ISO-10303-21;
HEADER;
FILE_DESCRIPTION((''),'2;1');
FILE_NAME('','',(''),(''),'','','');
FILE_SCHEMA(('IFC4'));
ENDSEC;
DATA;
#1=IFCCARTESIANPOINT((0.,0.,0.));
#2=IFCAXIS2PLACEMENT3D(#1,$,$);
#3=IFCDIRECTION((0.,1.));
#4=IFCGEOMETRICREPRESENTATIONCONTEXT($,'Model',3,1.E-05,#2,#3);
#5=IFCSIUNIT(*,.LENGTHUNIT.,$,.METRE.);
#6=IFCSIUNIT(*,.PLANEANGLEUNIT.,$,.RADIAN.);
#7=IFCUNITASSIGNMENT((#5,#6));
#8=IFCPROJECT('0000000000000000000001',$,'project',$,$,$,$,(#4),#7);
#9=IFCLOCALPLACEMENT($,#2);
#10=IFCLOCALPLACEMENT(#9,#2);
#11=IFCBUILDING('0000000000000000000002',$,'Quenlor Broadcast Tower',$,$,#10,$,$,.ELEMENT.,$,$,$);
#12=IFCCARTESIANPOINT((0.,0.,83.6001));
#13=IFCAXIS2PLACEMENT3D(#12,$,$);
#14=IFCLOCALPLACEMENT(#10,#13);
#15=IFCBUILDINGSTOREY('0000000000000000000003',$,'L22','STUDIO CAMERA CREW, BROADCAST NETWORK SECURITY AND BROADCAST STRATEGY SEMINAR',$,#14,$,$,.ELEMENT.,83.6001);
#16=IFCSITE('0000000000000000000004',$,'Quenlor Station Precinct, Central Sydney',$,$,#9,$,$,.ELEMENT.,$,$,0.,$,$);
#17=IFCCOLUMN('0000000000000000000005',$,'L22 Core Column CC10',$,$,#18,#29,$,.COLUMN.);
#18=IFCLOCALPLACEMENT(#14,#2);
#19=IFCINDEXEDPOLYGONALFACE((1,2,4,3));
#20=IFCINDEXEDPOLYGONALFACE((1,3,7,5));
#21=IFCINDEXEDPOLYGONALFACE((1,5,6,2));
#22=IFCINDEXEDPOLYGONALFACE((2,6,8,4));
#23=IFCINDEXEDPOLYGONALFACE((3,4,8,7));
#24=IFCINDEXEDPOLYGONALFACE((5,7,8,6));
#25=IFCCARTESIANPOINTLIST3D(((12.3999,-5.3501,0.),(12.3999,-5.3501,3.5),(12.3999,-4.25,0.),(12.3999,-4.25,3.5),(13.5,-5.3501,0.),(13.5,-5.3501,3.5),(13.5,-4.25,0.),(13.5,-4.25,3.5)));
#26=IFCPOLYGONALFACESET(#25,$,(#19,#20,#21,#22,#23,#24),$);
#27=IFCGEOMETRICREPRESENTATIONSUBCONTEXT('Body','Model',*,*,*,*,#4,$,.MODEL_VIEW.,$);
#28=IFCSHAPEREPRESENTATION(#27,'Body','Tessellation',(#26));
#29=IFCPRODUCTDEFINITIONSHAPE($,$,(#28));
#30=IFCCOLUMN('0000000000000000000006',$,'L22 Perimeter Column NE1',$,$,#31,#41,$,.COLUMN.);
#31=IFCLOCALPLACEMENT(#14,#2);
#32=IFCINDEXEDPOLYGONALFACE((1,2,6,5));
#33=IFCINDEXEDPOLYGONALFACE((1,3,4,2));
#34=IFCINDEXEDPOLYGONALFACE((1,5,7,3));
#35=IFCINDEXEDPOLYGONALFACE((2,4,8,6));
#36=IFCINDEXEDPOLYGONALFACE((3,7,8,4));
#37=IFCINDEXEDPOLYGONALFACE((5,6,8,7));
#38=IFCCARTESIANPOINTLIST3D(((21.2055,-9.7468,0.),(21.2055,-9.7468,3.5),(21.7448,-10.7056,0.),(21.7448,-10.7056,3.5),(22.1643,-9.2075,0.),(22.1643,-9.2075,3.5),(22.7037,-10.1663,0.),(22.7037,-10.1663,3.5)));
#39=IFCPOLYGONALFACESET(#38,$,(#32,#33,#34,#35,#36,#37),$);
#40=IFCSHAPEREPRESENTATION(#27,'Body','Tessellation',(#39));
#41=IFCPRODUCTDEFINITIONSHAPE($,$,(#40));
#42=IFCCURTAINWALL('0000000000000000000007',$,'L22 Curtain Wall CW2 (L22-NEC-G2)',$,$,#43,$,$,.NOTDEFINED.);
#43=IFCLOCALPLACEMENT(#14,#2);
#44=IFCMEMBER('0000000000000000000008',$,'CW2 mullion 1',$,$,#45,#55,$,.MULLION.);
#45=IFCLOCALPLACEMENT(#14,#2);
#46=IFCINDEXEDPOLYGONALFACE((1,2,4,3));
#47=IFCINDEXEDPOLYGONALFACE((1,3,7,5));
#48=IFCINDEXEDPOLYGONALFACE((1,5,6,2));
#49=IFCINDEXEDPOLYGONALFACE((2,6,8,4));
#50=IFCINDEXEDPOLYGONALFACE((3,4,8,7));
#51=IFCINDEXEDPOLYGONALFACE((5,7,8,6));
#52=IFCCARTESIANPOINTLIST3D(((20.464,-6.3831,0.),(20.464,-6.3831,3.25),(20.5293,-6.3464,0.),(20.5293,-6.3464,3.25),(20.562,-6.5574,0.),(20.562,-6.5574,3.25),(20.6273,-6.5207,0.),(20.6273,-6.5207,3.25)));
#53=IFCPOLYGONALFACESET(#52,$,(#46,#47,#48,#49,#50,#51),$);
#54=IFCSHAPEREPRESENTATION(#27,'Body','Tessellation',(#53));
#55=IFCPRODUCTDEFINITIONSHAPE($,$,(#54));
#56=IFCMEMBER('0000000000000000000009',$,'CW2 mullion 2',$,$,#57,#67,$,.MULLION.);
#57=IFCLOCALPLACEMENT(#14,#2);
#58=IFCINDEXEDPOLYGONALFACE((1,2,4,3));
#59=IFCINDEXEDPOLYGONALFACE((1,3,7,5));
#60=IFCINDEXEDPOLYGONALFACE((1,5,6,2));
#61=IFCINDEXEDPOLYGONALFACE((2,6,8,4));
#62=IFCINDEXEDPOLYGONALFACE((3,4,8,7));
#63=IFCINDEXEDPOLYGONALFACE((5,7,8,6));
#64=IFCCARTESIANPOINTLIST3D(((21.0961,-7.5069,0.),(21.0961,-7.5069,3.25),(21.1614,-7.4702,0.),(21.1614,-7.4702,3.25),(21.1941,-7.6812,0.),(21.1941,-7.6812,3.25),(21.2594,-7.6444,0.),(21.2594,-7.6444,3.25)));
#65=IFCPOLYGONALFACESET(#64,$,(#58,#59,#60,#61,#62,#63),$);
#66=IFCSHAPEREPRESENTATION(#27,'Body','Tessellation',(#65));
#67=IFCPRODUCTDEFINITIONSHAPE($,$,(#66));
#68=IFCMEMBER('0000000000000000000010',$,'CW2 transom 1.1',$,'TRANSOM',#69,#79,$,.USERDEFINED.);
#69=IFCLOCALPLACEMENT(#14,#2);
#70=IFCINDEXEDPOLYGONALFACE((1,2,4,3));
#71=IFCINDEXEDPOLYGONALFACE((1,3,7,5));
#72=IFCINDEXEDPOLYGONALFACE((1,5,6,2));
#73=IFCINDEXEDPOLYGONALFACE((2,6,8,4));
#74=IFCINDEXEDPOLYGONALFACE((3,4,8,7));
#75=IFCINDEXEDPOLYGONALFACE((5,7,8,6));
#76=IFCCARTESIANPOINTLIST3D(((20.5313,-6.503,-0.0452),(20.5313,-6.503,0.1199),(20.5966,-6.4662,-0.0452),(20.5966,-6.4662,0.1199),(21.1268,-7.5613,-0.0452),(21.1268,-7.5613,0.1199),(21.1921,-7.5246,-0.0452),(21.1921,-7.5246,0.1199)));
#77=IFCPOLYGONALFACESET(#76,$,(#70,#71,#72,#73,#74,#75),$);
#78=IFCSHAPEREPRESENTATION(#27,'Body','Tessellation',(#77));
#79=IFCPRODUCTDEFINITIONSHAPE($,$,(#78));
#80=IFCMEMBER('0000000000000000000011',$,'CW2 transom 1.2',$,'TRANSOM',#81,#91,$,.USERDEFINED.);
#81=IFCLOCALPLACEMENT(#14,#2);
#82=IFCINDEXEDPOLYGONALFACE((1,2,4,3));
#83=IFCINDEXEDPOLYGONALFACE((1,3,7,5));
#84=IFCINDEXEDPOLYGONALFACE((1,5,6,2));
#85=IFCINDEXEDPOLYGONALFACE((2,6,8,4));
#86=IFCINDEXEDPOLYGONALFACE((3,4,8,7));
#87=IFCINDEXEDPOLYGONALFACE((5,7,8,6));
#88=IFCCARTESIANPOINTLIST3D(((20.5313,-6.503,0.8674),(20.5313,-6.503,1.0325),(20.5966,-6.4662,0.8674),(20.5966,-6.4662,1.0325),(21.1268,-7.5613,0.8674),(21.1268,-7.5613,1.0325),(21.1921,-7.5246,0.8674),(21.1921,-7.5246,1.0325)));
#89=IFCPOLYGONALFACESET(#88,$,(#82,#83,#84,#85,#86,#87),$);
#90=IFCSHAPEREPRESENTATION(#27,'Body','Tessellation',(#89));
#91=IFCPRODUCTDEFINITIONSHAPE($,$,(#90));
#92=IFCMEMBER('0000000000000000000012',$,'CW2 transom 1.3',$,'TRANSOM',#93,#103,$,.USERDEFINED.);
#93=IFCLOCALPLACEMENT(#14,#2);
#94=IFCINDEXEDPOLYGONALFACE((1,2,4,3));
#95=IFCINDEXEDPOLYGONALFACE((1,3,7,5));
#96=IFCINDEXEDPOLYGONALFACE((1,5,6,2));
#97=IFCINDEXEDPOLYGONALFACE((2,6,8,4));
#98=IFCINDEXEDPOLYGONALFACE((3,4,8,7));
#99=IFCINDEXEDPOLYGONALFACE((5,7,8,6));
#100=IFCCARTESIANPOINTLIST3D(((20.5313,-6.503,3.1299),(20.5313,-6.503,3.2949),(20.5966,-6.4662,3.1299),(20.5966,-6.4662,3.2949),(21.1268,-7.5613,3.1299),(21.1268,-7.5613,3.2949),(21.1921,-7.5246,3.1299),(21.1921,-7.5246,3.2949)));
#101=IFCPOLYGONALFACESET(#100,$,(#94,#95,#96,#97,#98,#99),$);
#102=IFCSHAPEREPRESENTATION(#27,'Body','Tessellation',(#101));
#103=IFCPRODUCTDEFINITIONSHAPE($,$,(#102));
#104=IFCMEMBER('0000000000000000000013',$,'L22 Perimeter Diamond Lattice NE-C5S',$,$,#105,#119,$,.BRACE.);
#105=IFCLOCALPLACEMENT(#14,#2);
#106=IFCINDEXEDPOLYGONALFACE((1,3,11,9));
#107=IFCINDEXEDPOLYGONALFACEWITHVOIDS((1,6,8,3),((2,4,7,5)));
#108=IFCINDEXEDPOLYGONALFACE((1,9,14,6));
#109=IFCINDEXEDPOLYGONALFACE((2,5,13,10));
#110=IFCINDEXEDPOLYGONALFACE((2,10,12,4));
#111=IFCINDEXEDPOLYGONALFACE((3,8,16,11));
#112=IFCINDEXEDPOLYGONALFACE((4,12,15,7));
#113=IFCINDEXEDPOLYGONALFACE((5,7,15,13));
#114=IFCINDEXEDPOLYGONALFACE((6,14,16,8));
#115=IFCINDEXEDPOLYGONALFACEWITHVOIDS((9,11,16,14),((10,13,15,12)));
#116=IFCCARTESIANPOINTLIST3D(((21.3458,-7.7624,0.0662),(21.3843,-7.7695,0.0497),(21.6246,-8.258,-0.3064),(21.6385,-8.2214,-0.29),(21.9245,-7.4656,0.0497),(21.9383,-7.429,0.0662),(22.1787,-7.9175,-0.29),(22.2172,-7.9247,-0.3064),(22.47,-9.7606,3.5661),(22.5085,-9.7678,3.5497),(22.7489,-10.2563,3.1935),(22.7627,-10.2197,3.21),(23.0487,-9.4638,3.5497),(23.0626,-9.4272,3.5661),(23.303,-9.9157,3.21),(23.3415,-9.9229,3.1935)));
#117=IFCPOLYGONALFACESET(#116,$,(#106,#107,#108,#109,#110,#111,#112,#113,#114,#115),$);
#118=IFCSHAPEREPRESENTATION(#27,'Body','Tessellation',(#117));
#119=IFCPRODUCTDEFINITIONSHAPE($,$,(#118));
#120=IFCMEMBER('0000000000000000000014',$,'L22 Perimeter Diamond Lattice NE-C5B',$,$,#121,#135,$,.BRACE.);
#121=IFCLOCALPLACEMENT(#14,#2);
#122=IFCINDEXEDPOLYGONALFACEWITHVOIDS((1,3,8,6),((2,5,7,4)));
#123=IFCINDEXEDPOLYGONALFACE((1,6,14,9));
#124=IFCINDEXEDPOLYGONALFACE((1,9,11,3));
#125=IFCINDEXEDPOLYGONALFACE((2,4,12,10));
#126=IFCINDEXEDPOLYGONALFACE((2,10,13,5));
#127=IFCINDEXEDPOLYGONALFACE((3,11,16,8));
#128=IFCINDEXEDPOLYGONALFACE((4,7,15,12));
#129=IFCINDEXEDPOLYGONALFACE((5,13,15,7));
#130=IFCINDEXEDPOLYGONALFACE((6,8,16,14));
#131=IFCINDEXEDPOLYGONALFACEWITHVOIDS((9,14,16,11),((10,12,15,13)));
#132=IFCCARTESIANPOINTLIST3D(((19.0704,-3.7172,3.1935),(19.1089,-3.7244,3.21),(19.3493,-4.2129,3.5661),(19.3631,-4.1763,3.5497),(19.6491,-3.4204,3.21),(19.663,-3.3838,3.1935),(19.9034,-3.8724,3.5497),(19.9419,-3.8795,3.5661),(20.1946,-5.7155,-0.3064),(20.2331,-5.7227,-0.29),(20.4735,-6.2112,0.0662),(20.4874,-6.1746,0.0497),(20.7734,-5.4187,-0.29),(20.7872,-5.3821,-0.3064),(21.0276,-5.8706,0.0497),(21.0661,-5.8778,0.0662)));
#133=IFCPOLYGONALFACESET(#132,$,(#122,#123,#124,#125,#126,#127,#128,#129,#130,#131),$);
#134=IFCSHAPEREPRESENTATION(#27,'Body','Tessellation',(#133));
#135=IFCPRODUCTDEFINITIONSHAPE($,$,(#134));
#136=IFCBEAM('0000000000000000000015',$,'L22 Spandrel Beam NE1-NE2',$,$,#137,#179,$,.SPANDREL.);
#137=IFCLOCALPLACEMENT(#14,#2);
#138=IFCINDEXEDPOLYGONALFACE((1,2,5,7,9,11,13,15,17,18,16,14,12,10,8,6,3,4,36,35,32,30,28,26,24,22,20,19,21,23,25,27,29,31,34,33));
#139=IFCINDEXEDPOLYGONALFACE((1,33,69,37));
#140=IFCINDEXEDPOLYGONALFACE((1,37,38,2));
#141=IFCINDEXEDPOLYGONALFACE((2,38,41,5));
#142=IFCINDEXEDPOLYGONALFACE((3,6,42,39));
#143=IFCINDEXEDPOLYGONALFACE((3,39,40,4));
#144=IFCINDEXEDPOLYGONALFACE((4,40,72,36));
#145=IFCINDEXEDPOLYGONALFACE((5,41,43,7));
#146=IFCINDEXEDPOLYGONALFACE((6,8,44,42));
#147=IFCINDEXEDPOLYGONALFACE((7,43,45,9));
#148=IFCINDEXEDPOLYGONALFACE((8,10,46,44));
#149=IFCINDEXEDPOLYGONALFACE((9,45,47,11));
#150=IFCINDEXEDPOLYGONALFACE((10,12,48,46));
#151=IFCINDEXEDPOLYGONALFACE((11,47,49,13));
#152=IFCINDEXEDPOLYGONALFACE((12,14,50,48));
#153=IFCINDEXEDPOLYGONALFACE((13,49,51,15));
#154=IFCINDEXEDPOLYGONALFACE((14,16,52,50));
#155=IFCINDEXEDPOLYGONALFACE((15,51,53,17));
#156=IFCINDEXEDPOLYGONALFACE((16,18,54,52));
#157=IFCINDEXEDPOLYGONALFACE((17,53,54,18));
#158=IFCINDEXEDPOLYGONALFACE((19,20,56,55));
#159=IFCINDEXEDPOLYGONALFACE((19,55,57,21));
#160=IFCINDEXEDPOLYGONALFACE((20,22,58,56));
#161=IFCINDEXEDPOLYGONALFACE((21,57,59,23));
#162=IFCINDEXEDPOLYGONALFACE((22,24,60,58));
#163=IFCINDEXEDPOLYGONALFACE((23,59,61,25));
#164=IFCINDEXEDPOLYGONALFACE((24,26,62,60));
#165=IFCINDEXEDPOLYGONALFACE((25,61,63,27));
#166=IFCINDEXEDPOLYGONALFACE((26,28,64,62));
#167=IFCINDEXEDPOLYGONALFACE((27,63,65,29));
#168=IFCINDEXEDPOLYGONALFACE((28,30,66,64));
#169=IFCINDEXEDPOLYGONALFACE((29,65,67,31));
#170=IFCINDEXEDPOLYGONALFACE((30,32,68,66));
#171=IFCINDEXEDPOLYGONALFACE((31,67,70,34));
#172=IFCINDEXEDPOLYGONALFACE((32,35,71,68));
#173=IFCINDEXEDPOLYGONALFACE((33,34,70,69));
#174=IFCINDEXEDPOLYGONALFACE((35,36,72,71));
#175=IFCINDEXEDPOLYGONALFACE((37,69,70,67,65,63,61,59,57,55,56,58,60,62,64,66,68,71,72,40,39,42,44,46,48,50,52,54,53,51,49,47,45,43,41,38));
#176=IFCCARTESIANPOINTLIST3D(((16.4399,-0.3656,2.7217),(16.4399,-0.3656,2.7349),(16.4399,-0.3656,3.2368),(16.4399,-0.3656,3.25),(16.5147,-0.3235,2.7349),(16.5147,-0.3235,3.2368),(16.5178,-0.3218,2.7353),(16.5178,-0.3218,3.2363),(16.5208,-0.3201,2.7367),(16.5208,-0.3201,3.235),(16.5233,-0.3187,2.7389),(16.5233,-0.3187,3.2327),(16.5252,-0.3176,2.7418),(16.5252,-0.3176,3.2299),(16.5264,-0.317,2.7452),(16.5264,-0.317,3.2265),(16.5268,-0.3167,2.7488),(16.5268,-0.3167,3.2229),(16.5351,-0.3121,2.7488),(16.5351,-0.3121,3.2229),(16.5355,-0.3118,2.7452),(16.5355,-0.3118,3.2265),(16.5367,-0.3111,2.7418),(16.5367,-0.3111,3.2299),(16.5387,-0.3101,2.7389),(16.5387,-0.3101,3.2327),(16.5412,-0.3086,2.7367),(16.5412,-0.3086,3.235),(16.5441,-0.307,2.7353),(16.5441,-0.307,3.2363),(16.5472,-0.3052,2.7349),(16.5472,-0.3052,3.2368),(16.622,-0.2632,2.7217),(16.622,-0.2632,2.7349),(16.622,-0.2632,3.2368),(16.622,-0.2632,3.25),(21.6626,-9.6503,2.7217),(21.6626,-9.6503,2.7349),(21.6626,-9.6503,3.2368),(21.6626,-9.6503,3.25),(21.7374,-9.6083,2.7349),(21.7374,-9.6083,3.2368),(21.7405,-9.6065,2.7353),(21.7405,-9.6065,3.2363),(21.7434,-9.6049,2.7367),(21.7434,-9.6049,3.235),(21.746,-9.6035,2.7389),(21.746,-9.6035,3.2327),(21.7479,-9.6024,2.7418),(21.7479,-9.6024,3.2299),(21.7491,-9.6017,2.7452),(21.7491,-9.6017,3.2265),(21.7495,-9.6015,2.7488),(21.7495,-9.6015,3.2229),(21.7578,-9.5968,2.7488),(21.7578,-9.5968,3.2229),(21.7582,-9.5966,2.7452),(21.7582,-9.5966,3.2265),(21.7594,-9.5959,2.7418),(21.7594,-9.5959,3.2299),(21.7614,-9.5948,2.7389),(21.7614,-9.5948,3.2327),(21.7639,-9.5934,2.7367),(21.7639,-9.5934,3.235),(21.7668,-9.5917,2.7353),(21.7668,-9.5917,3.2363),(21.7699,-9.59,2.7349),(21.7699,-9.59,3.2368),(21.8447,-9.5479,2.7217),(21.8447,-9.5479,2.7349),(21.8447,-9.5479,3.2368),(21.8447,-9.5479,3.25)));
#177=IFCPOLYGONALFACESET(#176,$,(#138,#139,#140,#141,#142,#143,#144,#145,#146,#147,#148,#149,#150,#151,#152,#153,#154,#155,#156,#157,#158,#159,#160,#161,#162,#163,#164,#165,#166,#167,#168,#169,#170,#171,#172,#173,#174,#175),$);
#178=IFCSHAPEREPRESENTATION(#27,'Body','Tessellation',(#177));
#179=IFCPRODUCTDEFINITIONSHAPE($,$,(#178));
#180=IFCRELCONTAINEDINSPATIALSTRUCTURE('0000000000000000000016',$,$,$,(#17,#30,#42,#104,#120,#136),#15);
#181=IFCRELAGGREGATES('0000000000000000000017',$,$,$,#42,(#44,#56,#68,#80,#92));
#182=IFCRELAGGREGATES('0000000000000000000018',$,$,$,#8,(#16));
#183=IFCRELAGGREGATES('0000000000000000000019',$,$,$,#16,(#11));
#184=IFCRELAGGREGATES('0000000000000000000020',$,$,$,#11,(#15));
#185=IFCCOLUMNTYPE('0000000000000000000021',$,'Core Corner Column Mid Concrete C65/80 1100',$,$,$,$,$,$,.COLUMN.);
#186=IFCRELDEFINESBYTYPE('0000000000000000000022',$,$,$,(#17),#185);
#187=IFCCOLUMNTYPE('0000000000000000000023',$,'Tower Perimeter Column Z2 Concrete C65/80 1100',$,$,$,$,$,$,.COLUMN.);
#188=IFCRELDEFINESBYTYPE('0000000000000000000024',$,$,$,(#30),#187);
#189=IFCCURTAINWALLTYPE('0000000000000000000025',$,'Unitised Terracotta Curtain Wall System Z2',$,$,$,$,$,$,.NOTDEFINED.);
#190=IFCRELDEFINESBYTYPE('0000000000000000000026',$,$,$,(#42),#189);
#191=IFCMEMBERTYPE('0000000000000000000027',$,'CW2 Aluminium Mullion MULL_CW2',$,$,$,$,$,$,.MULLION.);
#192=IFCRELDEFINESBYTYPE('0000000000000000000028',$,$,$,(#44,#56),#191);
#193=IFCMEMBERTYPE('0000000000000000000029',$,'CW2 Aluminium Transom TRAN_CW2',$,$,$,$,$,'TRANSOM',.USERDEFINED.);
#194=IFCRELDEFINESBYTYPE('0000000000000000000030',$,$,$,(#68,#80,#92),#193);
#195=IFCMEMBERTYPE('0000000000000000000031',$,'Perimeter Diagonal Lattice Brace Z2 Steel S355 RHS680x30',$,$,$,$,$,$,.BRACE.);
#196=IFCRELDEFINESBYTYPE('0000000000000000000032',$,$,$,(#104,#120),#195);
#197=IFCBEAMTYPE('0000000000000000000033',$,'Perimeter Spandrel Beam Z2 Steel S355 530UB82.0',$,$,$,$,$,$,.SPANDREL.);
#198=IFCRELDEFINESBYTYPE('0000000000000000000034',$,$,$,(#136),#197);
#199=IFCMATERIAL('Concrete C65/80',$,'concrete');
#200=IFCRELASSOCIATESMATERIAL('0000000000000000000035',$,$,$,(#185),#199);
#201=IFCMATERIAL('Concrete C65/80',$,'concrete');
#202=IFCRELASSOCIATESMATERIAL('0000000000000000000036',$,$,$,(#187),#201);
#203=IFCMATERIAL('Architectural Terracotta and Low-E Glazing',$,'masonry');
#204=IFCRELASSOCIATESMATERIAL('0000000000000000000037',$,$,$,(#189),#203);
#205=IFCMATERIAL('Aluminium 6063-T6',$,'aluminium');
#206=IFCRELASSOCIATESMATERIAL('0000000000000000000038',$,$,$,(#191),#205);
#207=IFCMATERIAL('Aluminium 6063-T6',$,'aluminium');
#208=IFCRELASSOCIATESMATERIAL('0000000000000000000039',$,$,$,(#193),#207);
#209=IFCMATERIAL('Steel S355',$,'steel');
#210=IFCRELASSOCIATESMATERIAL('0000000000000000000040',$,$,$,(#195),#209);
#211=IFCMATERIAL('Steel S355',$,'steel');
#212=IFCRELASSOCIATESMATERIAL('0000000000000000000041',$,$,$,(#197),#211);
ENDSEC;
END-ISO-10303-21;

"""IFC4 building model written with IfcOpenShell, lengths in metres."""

from ifc_helpers import new_model, si_unit, direction, frame, origin, origin_2d, place, context, subcontext, project, spatial, rectangle, hollow_rectangle, i_section, extrude, material, material_profile, profile_set, type_object, element, aggregate, save


model = new_model("IFC4")

# Units and contexts
model_context = context("Model", 3, precision=1e-05, world=origin(), true_north=direction((0.0, 1.0)))
body_context = subcontext(model_context, "Body", "Model", "MODEL_VIEW")
ifc_project = project(units=[si_unit("LENGTHUNIT", "METRE"), si_unit("PLANEANGLEUNIT", "RADIAN")], contexts=[model_context])

# Site, building, storey
site_placement = place(None, origin())
site = spatial("IfcSite", under=ifc_project, at=site_placement, Name="Quenlor Station Precinct, Central Sydney", CompositionType="ELEMENT", RefElevation=0.0)
building_placement = place(site_placement, origin())
building = spatial("IfcBuilding", under=site, at=building_placement, Name="Quenlor Broadcast Tower", CompositionType="ELEMENT")
storey_placement = place(building_placement, frame((0.0, 0.0, 83.6001)))
storey = spatial("IfcBuildingStorey", under=building, at=storey_placement, Name="L22", Description="STUDIO CAMERA CREW, BROADCAST NETWORK SECURITY AND BROADCAST STRATEGY SEMINAR", CompositionType="ELEMENT", Elevation=83.6001)

# Columns
ifc_material_1 = material(Name="Concrete C65/80", Category="concrete")
ifc_material_profile_1 = material_profile(ifc_material_1, rectangle(XDim=1.1001, YDim=1.1001, at=origin_2d()))
ifc_profile_set_1 = profile_set([ifc_material_profile_1], Name="Concrete C65/80 RC1100x1100")
column_type_1 = type_object("IfcColumnType", Name="Core Corner Column Mid Concrete C65/80 1100", PredefinedType="COLUMN", material=ifc_profile_set_1)
column_1_placement = place(storey_placement, frame((12.95, -4.8, 0.0), z_axis=(0.0, 0.0, 1.0), x_axis=(1.0, 0.0, 0.0)))
element("IfcColumn", 1, at=column_1_placement, inside=storey, type_object=column_type_1, Name="L22 Core Column CC10", PredefinedType="COLUMN", context=body_context, shape_type="SweptSolid", body=[
    extrude(rectangle(XDim=1.1001, YDim=1.1001, at=origin_2d()), origin(), (0.0, 0.0, 1.0), 3.5),
])
ifc_material_2 = material(Name="Concrete C65/80", Category="concrete")
ifc_material_profile_2 = material_profile(ifc_material_2, rectangle(XDim=1.1001, YDim=1.1001, at=origin_2d()))
ifc_profile_set_2 = profile_set([ifc_material_profile_2], Name="Concrete C65/80 RC1100x1100")
column_type_2 = type_object("IfcColumnType", Name="Tower Perimeter Column Z2 Concrete C65/80 1100", PredefinedType="COLUMN", material=ifc_profile_set_2)
column_2_placement = place(storey_placement, frame((21.9546, -9.9565, 0.0), z_axis=(0.0, 0.0, 1.0), x_axis=(0.871575, 0.490262, 0.0)))
element("IfcColumn", 2, at=column_2_placement, inside=storey, type_object=column_type_2, Name="L22 Perimeter Column NE1", PredefinedType="COLUMN", context=body_context, shape_type="SweptSolid", body=[
    extrude(rectangle(XDim=1.1001, YDim=1.1001, at=origin_2d()), origin(), (0.0, 0.0, 1.0), 3.5),
])

# Curtain wall, members
ifc_material_3 = material(Name="Architectural Terracotta and Low-E Glazing", Category="masonry")
curtain_wall_type = type_object("IfcCurtainWallType", Name="Unitised Terracotta Curtain Wall System Z2", PredefinedType="NOTDEFINED", material=ifc_material_3)
curtain_wall_placement = place(storey_placement, origin())
curtain_wall = element("IfcCurtainWall", 3, at=curtain_wall_placement, inside=storey, type_object=curtain_wall_type, Name="L22 Curtain Wall CW2 (L22-NEC-G2)", PredefinedType="NOTDEFINED")
ifc_material_4 = material(Name="Aluminium 6063-T6", Category="aluminium")
ifc_material_profile_3 = material_profile(ifc_material_4, rectangle(XDim=0.075, YDim=0.2, at=origin_2d()))
ifc_profile_set_3 = profile_set([ifc_material_profile_3], Name="Aluminium 6063-T6 MULL75x200")
member_type_1 = type_object("IfcMemberType", Name="CW2 Aluminium Mullion MULL_CW2", PredefinedType="MULLION", material=ifc_profile_set_3)
member_1_placement = place(storey_placement, frame((20.5457, -6.4519, 0.0), z_axis=(0.0, 0.0, 1.0), x_axis=(0.871566, 0.490279, 0.0)))
member_1 = element("IfcMember", 4, at=member_1_placement, type_object=member_type_1, Name="CW2 mullion 1", PredefinedType="MULLION", context=body_context, shape_type="SweptSolid", body=[
    extrude(rectangle(XDim=0.075, YDim=0.2, at=origin_2d()), origin(), (0.0, 0.0, 1.0), 3.25),
])
member_2_placement = place(storey_placement, frame((21.1777, -7.5757, 0.0), z_axis=(0.0, 0.0, 1.0), x_axis=(0.871566, 0.490279, 0.0)))
member_2 = element("IfcMember", 5, at=member_2_placement, type_object=member_type_1, Name="CW2 mullion 2", PredefinedType="MULLION", context=body_context, shape_type="SweptSolid", body=[
    extrude(rectangle(XDim=0.075, YDim=0.2, at=origin_2d()), origin(), (0.0, 0.0, 1.0), 3.25),
])
ifc_material_5 = material(Name="Aluminium 6063-T6", Category="aluminium")
ifc_material_profile_4 = material_profile(ifc_material_5, rectangle(XDim=0.075, YDim=0.165, at=origin_2d()))
ifc_profile_set_4 = profile_set([ifc_material_profile_4], Name="Aluminium 6063-T6 TRAN75x165")
member_type_2 = type_object("IfcMemberType", Name="CW2 Aluminium Transom TRAN_CW2", ElementType="TRANSOM", PredefinedType="USERDEFINED", material=ifc_profile_set_4)
member_3_placement = place(storey_placement, frame((20.564, -6.4846, 0.0374), z_axis=(0.490347, -0.871527, 0.0), x_axis=(0.871527, 0.490347, 0.0)))
member_3 = element("IfcMember", 6, at=member_3_placement, type_object=member_type_2, Name="CW2 transom 1.1", ObjectType="TRANSOM", PredefinedType="USERDEFINED", context=body_context, shape_type="SweptSolid", body=[
    extrude(rectangle(XDim=0.075, YDim=0.165, at=origin_2d()), origin(), (0.0, 0.0, 1.0), 1.2144),
])
member_4_placement = place(storey_placement, frame((20.564, -6.4846, 0.95), z_axis=(0.490347, -0.871527, 0.0), x_axis=(0.871527, 0.490347, 0.0)))
member_4 = element("IfcMember", 7, at=member_4_placement, type_object=member_type_2, Name="CW2 transom 1.2", ObjectType="TRANSOM", PredefinedType="USERDEFINED", context=body_context, shape_type="SweptSolid", body=[
    extrude(rectangle(XDim=0.075, YDim=0.165, at=origin_2d()), origin(), (0.0, 0.0, 1.0), 1.2144),
])
member_5_placement = place(storey_placement, frame((20.564, -6.4846, 3.2124), z_axis=(0.490347, -0.871527, 0.0), x_axis=(0.871527, 0.490347, 0.0)))
member_5 = element("IfcMember", 8, at=member_5_placement, type_object=member_type_2, Name="CW2 transom 1.3", ObjectType="TRANSOM", PredefinedType="USERDEFINED", context=body_context, shape_type="SweptSolid", body=[
    extrude(rectangle(XDim=0.075, YDim=0.165, at=origin_2d()), origin(), (0.0, 0.0, 1.0), 1.2144),
])

# Members
ifc_material_6 = material(Name="Steel S355", Category="steel")
ifc_material_profile_5 = material_profile(ifc_material_6, hollow_rectangle(XDim=0.6799, YDim=0.6799, WallThickness=0.03, at=origin_2d()))
ifc_profile_set_5 = profile_set([ifc_material_profile_5], Name="Steel S355 RHS680x680x30")
member_type_3 = type_object("IfcMemberType", Name="Perimeter Diagonal Lattice Brace Z2 Steel S355 RHS680x30", PredefinedType="BRACE", material=ifc_profile_set_5)
for number, where, z_axis, x_axis, name in (
    (9, (21.7815, -7.8435, -0.1201), (0.268697, -0.477585, 0.836489), (0.871533, 0.490337, 0.0), "L22 Perimeter Diamond Lattice NE-C5S"),
    (10, (20.6304, -5.7966, -0.1201), (-0.268697, 0.477585, 0.836489), (-0.871533, -0.490337, 0.0), "L22 Perimeter Diamond Lattice NE-C5B"),
):
    element("IfcMember", number, at=place(storey_placement, frame(where, z_axis=z_axis, x_axis=x_axis)), inside=storey, type_object=member_type_3, Name=name, PredefinedType="BRACE", context=body_context, shape_type="SweptSolid", body=[
        extrude(hollow_rectangle(XDim=0.6799, YDim=0.6799, WallThickness=0.03, at=origin_2d()), origin(), (0.0, 0.0, 1.0), 4.1841),
    ])

# Beam
ifc_material_7 = material(Name="Steel S355", Category="steel")
ifc_material_profile_6 = material_profile(ifc_material_7, i_section(OverallWidth=0.209, OverallDepth=0.5283, WebThickness=0.0095, FlangeThickness=0.0132, FilletRadius=0.0139, at=origin_2d()))
ifc_profile_set_6 = profile_set([ifc_material_profile_6], Name="Steel S355 530UB82.0")
beam_type_1 = type_object("IfcBeamType", Name="Perimeter Spandrel Beam Z2 Steel S355 530UB82.0", PredefinedType="SPANDREL", material=ifc_profile_set_6)
beam_1_placement = place(storey_placement, frame((21.7537, -9.5991, 2.9858), z_axis=(-0.490263, 0.871574, 0.0), x_axis=(-0.871574, -0.490263, 0.0)))
element("IfcBeam", 11, at=beam_1_placement, inside=storey, type_object=beam_type_1, Name="L22 Spandrel Beam NE1-NE2", PredefinedType="SPANDREL", context=body_context, shape_type="SweptSolid", body=[
    extrude(i_section(OverallWidth=0.209, OverallDepth=0.5283, WebThickness=0.0095, FlangeThickness=0.0132, FilletRadius=0.0139, at=origin_2d()), origin(), (0.0, 0.0, 1.0), 10.6528),
])

aggregate(curtain_wall, [member_1, member_2, member_3, member_4, member_5])

save(model, "model.ifc")
